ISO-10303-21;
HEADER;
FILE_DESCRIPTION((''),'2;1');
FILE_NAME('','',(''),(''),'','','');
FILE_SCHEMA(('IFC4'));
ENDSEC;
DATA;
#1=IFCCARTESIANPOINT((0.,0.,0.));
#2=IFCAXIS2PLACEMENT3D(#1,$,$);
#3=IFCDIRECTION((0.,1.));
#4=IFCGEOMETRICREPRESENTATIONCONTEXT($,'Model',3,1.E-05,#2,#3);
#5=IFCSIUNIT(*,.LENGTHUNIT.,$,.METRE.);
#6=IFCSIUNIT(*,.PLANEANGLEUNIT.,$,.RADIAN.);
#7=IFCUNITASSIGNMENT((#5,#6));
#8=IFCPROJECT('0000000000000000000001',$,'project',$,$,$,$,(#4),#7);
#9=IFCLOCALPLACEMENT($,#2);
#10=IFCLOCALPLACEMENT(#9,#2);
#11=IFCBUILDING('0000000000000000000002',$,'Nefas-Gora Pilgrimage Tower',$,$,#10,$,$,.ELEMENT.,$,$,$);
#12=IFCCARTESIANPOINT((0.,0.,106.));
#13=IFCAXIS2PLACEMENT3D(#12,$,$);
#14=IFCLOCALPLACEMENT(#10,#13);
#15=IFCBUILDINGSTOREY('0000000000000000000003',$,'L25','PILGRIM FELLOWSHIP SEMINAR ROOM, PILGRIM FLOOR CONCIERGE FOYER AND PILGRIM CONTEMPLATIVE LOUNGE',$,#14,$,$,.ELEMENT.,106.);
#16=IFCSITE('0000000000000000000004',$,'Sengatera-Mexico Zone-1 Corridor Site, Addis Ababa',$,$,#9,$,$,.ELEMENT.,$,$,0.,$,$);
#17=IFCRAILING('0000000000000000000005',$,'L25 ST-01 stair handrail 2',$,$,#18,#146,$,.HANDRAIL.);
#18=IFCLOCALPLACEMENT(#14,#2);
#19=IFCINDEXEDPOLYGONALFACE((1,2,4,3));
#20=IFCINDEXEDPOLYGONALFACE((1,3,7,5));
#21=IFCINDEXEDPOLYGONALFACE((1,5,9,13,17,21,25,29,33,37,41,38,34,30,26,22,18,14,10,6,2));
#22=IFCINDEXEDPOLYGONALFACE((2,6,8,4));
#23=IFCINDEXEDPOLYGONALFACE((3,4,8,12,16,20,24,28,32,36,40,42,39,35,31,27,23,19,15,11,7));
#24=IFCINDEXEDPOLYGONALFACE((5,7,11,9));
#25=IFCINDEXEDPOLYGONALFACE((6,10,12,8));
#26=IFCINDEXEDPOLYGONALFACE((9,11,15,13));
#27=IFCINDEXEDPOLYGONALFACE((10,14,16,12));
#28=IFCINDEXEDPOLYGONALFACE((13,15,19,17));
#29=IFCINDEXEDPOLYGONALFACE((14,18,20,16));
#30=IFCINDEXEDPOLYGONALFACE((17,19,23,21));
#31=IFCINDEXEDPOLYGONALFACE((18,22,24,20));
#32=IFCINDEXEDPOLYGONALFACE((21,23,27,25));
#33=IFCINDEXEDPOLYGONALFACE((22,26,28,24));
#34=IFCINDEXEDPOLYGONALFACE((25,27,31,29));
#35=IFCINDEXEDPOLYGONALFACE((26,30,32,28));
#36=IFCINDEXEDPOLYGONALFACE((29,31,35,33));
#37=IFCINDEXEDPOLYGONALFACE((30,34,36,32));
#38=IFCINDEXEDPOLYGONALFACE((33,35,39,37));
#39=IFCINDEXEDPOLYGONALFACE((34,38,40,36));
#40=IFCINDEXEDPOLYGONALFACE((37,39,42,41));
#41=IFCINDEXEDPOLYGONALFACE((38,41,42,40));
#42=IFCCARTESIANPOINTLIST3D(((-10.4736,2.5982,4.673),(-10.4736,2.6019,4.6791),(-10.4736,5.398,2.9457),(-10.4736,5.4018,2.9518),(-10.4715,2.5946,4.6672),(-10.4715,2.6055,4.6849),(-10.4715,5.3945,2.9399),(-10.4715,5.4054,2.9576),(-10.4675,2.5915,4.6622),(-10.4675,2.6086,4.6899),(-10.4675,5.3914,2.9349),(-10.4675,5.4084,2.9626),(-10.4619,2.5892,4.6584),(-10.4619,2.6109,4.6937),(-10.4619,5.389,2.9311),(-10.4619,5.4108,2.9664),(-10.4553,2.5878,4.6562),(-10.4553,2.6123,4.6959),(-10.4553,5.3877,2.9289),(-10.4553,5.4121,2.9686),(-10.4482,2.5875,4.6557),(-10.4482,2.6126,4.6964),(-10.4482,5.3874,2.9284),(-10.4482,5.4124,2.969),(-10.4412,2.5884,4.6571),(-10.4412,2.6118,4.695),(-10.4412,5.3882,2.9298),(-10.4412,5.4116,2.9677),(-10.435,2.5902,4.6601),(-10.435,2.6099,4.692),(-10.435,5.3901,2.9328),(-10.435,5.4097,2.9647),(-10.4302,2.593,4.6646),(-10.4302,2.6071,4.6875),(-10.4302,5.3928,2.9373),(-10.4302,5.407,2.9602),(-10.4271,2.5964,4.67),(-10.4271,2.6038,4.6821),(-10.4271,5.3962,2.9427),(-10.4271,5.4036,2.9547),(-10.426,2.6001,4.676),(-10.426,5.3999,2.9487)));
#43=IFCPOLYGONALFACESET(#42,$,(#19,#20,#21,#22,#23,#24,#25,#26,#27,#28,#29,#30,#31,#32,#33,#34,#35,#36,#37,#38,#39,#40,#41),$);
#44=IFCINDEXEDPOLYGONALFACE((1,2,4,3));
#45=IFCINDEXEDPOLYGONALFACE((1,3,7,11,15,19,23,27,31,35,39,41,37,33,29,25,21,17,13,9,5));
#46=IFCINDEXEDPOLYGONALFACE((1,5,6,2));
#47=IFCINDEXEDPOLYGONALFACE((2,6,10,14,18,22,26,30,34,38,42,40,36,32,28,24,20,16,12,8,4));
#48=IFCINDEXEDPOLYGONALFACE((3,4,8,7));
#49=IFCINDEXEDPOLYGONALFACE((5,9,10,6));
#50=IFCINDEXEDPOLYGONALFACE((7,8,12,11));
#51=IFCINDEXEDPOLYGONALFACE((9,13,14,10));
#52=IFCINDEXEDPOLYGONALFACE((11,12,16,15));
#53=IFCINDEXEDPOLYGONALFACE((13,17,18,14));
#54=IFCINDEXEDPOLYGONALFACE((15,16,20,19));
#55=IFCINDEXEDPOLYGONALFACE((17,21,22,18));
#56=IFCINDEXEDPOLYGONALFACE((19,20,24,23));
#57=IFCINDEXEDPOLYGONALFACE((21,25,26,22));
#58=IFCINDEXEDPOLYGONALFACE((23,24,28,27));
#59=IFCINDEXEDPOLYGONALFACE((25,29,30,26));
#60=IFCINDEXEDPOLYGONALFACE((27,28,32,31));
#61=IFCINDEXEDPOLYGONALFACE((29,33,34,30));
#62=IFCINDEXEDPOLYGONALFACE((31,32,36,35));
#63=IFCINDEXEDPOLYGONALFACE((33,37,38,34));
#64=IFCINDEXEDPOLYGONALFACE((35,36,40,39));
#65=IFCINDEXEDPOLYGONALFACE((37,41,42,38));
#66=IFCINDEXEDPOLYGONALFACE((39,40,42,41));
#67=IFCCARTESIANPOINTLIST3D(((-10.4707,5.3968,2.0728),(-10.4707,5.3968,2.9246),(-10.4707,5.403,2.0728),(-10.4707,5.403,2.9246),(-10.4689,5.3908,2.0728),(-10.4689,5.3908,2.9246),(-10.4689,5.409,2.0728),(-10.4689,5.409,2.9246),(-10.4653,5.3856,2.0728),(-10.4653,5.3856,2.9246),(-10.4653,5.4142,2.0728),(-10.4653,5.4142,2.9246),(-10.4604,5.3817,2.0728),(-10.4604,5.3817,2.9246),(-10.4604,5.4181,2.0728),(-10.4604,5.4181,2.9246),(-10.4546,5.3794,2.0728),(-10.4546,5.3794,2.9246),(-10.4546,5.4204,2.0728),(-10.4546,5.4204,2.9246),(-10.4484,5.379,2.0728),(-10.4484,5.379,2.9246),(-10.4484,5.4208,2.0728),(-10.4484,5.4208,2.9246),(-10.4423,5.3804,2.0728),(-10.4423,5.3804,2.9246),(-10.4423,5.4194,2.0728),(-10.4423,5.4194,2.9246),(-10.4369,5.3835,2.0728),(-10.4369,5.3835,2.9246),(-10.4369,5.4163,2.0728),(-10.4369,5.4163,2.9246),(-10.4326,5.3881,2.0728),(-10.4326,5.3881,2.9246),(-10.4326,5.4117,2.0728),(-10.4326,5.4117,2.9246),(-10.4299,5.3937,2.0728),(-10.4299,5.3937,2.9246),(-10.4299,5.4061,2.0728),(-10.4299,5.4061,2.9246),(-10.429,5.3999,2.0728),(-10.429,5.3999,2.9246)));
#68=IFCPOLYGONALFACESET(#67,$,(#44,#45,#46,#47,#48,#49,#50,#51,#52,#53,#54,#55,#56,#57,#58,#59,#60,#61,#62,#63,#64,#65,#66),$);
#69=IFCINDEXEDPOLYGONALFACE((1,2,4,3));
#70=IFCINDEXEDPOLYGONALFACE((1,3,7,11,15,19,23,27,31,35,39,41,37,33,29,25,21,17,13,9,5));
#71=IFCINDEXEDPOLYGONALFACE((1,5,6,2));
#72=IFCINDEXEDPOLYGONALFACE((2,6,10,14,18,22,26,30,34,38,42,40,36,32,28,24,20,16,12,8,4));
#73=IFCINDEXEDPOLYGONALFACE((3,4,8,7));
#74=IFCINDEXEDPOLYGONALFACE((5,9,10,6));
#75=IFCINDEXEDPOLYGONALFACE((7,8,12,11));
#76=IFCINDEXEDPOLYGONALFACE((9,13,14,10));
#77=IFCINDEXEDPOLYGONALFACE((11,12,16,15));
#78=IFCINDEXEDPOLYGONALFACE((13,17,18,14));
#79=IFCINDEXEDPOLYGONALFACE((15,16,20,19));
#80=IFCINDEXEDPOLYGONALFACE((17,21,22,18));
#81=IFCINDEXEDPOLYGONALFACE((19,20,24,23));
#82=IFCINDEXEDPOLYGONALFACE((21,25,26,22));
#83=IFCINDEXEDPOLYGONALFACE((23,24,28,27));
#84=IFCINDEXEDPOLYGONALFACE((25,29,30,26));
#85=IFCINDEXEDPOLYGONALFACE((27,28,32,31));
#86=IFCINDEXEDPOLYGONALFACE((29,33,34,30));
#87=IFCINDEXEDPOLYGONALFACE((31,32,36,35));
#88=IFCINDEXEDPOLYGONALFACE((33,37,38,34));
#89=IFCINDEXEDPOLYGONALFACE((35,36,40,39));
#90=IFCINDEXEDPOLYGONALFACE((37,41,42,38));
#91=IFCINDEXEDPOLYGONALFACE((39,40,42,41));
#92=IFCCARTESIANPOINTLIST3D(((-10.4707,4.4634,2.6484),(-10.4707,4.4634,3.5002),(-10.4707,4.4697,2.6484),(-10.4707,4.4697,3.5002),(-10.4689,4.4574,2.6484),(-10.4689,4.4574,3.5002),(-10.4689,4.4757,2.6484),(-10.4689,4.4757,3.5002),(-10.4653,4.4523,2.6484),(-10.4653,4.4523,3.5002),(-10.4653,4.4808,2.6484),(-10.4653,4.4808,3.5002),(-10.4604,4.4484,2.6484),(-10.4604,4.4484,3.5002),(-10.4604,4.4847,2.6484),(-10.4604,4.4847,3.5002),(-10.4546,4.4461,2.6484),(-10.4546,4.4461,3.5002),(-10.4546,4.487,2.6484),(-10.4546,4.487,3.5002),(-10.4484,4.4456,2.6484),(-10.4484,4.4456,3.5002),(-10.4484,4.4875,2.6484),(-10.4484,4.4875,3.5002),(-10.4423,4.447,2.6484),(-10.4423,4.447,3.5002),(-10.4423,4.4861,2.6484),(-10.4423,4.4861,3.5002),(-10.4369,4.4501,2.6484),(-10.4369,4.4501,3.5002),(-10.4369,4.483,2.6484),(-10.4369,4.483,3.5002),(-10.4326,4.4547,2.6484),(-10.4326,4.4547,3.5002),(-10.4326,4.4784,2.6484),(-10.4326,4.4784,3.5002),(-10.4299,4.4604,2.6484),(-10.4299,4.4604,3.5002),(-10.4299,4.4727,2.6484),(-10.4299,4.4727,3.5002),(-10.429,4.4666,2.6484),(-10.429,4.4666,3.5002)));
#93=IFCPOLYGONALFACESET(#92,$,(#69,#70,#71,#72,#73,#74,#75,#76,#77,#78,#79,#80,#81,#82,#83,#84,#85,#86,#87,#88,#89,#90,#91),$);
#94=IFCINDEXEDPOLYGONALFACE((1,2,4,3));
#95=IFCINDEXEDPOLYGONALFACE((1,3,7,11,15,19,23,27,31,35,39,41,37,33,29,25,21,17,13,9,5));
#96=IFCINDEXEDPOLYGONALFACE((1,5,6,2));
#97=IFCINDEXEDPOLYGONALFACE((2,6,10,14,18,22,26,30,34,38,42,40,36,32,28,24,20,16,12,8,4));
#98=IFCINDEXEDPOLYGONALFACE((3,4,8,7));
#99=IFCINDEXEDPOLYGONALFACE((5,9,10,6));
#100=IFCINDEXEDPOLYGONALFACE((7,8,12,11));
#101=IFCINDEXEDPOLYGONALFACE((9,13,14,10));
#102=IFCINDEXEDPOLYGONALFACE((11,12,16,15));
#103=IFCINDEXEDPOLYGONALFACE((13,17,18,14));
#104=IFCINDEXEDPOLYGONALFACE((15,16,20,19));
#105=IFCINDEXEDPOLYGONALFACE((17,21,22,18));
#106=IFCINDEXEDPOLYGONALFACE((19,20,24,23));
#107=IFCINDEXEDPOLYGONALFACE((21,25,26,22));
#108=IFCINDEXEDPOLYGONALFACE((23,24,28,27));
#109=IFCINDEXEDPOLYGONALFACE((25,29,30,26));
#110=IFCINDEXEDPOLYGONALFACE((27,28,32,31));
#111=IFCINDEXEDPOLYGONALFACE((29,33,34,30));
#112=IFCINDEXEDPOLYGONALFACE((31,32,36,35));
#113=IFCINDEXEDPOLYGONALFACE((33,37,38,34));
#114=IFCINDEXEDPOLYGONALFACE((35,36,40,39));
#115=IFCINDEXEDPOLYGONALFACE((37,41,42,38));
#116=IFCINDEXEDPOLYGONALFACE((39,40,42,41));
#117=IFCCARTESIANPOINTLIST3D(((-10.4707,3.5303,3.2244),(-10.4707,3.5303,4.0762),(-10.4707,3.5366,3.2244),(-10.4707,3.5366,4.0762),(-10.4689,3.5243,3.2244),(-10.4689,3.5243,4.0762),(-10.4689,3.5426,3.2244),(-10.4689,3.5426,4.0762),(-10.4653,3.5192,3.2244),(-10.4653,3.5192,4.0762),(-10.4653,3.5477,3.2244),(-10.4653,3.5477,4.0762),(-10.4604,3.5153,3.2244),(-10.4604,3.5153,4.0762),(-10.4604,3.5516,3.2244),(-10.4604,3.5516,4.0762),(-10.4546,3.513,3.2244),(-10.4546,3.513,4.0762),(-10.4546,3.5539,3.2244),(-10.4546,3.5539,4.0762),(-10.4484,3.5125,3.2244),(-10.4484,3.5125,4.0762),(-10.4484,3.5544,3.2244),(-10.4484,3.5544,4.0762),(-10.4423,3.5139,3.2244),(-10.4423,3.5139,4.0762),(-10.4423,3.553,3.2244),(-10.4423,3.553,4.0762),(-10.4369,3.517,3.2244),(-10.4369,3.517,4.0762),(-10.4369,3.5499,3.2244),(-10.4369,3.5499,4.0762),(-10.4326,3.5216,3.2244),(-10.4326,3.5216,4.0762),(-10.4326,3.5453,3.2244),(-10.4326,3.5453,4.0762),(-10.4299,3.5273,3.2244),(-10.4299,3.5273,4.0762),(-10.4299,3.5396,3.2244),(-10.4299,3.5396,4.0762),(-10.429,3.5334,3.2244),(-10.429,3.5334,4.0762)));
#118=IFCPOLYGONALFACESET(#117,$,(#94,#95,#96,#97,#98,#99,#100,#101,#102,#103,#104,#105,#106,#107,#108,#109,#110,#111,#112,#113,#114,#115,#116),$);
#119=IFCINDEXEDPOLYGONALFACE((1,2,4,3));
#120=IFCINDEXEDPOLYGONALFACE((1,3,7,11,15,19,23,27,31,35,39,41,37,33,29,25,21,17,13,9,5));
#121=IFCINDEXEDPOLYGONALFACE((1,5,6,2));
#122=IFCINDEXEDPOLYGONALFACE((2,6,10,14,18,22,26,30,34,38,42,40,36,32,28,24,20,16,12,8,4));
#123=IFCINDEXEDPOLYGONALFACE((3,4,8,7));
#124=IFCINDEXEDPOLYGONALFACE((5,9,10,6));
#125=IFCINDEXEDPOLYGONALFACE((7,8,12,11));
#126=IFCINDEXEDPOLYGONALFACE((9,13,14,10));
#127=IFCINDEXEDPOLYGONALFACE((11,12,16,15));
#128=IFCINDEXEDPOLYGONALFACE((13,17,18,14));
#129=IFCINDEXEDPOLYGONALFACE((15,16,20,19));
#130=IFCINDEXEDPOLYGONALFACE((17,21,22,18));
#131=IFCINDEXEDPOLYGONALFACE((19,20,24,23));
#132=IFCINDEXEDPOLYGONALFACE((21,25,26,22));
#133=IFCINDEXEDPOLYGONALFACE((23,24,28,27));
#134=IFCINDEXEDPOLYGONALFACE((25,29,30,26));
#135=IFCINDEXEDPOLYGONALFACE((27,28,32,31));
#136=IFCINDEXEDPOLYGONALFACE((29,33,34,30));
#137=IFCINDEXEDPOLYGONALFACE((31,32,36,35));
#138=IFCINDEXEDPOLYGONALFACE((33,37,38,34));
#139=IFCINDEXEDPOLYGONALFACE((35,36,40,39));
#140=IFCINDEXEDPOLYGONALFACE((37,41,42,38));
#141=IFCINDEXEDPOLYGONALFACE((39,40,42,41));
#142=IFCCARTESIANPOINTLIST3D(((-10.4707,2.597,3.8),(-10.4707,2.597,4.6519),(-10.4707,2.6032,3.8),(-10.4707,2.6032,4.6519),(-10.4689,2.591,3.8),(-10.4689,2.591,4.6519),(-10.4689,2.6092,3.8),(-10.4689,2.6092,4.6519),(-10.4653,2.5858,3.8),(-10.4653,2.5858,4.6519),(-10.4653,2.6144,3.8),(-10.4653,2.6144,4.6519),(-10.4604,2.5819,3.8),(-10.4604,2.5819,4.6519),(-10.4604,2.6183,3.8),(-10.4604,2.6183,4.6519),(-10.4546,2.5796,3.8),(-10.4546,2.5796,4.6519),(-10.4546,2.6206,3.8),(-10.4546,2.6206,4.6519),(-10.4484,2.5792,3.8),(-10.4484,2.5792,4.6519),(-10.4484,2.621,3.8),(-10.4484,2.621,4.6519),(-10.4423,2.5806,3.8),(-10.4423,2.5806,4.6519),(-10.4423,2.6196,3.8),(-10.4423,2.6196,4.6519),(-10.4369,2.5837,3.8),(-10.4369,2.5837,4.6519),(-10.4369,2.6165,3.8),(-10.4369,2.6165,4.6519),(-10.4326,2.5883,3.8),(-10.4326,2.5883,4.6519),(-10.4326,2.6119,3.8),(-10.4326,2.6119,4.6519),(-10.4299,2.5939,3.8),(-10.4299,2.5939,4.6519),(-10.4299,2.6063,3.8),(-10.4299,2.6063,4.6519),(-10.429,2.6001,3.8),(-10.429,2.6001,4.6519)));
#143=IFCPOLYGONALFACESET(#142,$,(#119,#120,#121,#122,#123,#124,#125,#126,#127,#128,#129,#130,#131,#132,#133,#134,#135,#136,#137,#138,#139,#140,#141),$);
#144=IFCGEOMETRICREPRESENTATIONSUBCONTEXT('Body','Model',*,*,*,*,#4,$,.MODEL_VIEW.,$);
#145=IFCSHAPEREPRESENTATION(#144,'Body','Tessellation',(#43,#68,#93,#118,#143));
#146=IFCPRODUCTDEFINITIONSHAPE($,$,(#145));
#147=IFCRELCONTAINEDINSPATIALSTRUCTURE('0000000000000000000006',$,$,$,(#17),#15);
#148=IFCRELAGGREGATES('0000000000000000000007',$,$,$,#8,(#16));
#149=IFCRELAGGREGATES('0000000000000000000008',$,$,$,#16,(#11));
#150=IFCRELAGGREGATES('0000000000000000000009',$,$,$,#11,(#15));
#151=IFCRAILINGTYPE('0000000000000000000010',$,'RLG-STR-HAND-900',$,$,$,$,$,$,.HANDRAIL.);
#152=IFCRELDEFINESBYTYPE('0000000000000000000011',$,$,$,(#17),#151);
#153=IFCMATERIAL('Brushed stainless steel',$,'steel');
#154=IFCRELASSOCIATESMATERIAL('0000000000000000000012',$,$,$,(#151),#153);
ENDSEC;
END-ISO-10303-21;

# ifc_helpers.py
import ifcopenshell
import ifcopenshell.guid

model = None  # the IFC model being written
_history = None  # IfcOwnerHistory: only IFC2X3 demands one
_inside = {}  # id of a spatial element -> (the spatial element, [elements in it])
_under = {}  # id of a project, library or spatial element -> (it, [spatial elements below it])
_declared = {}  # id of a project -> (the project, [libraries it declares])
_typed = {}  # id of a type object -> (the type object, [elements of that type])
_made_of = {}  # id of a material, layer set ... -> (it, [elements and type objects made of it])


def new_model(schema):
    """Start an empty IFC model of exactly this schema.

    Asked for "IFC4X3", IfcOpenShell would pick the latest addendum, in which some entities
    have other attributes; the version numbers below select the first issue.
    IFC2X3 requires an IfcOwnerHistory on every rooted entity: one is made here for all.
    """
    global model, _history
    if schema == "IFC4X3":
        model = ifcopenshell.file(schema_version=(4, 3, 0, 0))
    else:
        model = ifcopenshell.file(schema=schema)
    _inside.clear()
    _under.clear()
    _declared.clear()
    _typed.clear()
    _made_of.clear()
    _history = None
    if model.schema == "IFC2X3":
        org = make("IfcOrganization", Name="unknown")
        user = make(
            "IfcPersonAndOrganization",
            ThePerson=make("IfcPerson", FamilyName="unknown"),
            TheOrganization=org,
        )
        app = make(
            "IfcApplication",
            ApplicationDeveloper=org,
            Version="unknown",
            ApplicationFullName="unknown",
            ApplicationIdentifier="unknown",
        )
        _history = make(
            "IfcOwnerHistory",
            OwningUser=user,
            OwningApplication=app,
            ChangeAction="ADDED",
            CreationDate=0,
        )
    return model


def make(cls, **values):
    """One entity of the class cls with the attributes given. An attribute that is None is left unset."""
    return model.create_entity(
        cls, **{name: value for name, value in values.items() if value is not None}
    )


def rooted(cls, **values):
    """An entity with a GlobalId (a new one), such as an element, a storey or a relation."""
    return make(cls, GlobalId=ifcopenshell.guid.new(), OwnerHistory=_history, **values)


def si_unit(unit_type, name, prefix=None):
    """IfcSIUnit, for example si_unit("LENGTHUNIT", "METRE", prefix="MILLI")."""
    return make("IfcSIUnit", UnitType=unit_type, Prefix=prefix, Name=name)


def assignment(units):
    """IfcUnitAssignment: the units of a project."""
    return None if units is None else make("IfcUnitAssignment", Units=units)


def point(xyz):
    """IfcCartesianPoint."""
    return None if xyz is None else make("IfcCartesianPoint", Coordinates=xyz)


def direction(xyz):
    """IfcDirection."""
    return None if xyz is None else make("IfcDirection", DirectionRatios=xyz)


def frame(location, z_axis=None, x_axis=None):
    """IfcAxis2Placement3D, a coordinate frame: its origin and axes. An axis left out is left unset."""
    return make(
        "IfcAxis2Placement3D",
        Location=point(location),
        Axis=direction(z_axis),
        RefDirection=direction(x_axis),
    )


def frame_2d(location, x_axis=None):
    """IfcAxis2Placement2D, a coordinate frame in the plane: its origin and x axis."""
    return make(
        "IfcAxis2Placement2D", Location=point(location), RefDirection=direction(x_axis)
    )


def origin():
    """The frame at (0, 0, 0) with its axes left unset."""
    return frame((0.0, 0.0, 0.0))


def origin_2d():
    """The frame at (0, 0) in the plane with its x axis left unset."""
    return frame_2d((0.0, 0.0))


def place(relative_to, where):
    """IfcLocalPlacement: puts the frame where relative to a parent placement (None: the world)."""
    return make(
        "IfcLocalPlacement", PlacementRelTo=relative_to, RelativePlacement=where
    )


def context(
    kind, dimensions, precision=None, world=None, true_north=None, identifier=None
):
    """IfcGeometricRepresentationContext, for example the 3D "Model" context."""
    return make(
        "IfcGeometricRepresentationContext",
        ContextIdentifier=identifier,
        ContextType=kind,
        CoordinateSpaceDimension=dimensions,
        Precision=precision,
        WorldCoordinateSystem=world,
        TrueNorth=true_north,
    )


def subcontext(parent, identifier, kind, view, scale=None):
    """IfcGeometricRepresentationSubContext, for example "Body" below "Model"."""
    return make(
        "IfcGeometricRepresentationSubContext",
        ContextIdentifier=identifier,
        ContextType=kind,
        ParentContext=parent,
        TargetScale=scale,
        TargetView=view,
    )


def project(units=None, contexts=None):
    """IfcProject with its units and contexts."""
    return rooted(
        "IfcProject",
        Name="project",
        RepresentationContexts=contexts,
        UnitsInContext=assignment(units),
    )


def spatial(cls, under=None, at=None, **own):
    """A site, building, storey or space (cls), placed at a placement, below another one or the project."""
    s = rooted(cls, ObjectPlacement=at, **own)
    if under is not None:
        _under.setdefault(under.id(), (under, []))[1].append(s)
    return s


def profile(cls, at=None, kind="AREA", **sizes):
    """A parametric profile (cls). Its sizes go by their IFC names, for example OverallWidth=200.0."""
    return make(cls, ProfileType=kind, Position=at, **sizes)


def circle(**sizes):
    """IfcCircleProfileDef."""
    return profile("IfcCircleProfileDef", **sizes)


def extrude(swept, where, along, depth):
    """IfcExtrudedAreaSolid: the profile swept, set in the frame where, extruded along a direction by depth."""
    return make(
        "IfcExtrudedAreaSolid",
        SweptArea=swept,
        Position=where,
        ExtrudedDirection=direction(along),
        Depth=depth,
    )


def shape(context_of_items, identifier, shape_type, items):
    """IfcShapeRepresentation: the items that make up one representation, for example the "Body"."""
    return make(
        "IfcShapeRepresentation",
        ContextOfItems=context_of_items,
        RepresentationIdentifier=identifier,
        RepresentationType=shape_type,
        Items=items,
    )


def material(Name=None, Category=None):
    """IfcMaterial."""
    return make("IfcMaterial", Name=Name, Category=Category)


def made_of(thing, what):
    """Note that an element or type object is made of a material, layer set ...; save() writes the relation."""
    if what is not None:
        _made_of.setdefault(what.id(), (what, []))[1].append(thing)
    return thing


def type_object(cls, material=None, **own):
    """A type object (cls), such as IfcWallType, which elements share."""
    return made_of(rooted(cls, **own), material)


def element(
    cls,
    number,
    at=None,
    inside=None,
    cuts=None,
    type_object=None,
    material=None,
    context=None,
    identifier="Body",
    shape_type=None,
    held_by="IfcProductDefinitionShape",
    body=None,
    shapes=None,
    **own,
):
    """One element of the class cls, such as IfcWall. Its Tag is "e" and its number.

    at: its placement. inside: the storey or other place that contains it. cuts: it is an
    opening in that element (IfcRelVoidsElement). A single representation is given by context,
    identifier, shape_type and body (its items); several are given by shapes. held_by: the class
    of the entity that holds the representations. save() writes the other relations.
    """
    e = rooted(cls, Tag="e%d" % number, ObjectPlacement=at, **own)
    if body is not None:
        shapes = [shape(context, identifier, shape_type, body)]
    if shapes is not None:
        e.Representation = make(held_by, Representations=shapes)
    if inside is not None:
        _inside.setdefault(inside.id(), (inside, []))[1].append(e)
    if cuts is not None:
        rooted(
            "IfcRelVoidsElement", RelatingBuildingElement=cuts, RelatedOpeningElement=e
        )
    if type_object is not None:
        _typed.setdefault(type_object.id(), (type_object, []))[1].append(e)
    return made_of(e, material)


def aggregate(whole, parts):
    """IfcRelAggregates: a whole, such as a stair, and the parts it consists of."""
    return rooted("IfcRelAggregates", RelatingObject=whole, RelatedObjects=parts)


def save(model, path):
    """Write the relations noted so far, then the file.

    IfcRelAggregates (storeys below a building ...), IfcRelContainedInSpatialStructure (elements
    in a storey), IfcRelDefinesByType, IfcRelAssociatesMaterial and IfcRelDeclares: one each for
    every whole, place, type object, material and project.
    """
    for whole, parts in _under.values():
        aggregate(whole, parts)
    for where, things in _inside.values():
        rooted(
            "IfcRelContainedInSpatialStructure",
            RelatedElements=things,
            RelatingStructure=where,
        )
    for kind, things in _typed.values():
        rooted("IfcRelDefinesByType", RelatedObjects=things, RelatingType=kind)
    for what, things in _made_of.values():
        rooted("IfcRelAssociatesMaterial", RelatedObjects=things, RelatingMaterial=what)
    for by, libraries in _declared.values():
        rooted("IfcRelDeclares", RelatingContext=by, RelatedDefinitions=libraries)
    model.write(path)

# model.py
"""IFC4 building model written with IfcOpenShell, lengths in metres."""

from ifc_helpers import new_model, si_unit, direction, frame, origin, origin_2d, place, context, subcontext, project, spatial, circle, extrude, material, type_object, element, save


model = new_model("IFC4")

# Units and contexts
model_context = context("Model", 3, precision=1e-05, world=origin(), true_north=direction((0.0, 1.0)))
body_context = subcontext(model_context, "Body", "Model", "MODEL_VIEW")
ifc_project = project(units=[si_unit("LENGTHUNIT", "METRE"), si_unit("PLANEANGLEUNIT", "RADIAN")], contexts=[model_context])

# Site, building, storey
site_placement = place(None, origin())
site = spatial("IfcSite", under=ifc_project, at=site_placement, Name="Sengatera-Mexico Zone-1 Corridor Site, Addis Ababa", CompositionType="ELEMENT", RefElevation=0.0)
building_placement = place(site_placement, origin())
building = spatial("IfcBuilding", under=site, at=building_placement, Name="Nefas-Gora Pilgrimage Tower", CompositionType="ELEMENT")
storey_placement = place(building_placement, frame((0.0, 0.0, 106.0)))
storey = spatial("IfcBuildingStorey", under=building, at=storey_placement, Name="L25", Description="PILGRIM FELLOWSHIP SEMINAR ROOM, PILGRIM FLOOR CONCIERGE FOYER AND PILGRIM CONTEMPLATIVE LOUNGE", CompositionType="ELEMENT", Elevation=106.0)

# Railing
ifc_material_1 = material(Name="Brushed stainless steel", Category="steel")
railing_type_1 = type_object("IfcRailingType", Name="RLG-STR-HAND-900", PredefinedType="HANDRAIL", material=ifc_material_1)
railing_1_placement = place(storey_placement, frame((-10.45, 5.3999, 2.0728)))
element("IfcRailing", 1, at=railing_1_placement, inside=storey, type_object=railing_type_1, Name="L25 ST-01 stair handrail 2", PredefinedType="HANDRAIL", context=body_context, shape_type="SweptSolid", body=[
    extrude(circle(Radius=0.0239, at=origin_2d()), frame((0.0, 0.0, 0.876), z_axis=(0.0, -0.851069, 0.525054), x_axis=(1.0, 0.0, 0.0)), (0.0, 0.0, 1.0), 3.2898),
    extrude(circle(Radius=0.021, at=origin_2d()), origin(), (0.0, 0.0, 1.0), 0.8518),
    extrude(circle(Radius=0.021, at=origin_2d()), frame((0.0, -0.9333, 0.5757)), (0.0, 0.0, 1.0), 0.8518),
    extrude(circle(Radius=0.021, at=origin_2d()), frame((0.0, -1.8665, 1.1516)), (0.0, 0.0, 1.0), 0.8518),
    extrude(circle(Radius=0.021, at=origin_2d()), frame((0.0, -2.7998, 1.7273)), (0.0, 0.0, 1.0), 0.8518),
])

save(model, "model.ifc")
